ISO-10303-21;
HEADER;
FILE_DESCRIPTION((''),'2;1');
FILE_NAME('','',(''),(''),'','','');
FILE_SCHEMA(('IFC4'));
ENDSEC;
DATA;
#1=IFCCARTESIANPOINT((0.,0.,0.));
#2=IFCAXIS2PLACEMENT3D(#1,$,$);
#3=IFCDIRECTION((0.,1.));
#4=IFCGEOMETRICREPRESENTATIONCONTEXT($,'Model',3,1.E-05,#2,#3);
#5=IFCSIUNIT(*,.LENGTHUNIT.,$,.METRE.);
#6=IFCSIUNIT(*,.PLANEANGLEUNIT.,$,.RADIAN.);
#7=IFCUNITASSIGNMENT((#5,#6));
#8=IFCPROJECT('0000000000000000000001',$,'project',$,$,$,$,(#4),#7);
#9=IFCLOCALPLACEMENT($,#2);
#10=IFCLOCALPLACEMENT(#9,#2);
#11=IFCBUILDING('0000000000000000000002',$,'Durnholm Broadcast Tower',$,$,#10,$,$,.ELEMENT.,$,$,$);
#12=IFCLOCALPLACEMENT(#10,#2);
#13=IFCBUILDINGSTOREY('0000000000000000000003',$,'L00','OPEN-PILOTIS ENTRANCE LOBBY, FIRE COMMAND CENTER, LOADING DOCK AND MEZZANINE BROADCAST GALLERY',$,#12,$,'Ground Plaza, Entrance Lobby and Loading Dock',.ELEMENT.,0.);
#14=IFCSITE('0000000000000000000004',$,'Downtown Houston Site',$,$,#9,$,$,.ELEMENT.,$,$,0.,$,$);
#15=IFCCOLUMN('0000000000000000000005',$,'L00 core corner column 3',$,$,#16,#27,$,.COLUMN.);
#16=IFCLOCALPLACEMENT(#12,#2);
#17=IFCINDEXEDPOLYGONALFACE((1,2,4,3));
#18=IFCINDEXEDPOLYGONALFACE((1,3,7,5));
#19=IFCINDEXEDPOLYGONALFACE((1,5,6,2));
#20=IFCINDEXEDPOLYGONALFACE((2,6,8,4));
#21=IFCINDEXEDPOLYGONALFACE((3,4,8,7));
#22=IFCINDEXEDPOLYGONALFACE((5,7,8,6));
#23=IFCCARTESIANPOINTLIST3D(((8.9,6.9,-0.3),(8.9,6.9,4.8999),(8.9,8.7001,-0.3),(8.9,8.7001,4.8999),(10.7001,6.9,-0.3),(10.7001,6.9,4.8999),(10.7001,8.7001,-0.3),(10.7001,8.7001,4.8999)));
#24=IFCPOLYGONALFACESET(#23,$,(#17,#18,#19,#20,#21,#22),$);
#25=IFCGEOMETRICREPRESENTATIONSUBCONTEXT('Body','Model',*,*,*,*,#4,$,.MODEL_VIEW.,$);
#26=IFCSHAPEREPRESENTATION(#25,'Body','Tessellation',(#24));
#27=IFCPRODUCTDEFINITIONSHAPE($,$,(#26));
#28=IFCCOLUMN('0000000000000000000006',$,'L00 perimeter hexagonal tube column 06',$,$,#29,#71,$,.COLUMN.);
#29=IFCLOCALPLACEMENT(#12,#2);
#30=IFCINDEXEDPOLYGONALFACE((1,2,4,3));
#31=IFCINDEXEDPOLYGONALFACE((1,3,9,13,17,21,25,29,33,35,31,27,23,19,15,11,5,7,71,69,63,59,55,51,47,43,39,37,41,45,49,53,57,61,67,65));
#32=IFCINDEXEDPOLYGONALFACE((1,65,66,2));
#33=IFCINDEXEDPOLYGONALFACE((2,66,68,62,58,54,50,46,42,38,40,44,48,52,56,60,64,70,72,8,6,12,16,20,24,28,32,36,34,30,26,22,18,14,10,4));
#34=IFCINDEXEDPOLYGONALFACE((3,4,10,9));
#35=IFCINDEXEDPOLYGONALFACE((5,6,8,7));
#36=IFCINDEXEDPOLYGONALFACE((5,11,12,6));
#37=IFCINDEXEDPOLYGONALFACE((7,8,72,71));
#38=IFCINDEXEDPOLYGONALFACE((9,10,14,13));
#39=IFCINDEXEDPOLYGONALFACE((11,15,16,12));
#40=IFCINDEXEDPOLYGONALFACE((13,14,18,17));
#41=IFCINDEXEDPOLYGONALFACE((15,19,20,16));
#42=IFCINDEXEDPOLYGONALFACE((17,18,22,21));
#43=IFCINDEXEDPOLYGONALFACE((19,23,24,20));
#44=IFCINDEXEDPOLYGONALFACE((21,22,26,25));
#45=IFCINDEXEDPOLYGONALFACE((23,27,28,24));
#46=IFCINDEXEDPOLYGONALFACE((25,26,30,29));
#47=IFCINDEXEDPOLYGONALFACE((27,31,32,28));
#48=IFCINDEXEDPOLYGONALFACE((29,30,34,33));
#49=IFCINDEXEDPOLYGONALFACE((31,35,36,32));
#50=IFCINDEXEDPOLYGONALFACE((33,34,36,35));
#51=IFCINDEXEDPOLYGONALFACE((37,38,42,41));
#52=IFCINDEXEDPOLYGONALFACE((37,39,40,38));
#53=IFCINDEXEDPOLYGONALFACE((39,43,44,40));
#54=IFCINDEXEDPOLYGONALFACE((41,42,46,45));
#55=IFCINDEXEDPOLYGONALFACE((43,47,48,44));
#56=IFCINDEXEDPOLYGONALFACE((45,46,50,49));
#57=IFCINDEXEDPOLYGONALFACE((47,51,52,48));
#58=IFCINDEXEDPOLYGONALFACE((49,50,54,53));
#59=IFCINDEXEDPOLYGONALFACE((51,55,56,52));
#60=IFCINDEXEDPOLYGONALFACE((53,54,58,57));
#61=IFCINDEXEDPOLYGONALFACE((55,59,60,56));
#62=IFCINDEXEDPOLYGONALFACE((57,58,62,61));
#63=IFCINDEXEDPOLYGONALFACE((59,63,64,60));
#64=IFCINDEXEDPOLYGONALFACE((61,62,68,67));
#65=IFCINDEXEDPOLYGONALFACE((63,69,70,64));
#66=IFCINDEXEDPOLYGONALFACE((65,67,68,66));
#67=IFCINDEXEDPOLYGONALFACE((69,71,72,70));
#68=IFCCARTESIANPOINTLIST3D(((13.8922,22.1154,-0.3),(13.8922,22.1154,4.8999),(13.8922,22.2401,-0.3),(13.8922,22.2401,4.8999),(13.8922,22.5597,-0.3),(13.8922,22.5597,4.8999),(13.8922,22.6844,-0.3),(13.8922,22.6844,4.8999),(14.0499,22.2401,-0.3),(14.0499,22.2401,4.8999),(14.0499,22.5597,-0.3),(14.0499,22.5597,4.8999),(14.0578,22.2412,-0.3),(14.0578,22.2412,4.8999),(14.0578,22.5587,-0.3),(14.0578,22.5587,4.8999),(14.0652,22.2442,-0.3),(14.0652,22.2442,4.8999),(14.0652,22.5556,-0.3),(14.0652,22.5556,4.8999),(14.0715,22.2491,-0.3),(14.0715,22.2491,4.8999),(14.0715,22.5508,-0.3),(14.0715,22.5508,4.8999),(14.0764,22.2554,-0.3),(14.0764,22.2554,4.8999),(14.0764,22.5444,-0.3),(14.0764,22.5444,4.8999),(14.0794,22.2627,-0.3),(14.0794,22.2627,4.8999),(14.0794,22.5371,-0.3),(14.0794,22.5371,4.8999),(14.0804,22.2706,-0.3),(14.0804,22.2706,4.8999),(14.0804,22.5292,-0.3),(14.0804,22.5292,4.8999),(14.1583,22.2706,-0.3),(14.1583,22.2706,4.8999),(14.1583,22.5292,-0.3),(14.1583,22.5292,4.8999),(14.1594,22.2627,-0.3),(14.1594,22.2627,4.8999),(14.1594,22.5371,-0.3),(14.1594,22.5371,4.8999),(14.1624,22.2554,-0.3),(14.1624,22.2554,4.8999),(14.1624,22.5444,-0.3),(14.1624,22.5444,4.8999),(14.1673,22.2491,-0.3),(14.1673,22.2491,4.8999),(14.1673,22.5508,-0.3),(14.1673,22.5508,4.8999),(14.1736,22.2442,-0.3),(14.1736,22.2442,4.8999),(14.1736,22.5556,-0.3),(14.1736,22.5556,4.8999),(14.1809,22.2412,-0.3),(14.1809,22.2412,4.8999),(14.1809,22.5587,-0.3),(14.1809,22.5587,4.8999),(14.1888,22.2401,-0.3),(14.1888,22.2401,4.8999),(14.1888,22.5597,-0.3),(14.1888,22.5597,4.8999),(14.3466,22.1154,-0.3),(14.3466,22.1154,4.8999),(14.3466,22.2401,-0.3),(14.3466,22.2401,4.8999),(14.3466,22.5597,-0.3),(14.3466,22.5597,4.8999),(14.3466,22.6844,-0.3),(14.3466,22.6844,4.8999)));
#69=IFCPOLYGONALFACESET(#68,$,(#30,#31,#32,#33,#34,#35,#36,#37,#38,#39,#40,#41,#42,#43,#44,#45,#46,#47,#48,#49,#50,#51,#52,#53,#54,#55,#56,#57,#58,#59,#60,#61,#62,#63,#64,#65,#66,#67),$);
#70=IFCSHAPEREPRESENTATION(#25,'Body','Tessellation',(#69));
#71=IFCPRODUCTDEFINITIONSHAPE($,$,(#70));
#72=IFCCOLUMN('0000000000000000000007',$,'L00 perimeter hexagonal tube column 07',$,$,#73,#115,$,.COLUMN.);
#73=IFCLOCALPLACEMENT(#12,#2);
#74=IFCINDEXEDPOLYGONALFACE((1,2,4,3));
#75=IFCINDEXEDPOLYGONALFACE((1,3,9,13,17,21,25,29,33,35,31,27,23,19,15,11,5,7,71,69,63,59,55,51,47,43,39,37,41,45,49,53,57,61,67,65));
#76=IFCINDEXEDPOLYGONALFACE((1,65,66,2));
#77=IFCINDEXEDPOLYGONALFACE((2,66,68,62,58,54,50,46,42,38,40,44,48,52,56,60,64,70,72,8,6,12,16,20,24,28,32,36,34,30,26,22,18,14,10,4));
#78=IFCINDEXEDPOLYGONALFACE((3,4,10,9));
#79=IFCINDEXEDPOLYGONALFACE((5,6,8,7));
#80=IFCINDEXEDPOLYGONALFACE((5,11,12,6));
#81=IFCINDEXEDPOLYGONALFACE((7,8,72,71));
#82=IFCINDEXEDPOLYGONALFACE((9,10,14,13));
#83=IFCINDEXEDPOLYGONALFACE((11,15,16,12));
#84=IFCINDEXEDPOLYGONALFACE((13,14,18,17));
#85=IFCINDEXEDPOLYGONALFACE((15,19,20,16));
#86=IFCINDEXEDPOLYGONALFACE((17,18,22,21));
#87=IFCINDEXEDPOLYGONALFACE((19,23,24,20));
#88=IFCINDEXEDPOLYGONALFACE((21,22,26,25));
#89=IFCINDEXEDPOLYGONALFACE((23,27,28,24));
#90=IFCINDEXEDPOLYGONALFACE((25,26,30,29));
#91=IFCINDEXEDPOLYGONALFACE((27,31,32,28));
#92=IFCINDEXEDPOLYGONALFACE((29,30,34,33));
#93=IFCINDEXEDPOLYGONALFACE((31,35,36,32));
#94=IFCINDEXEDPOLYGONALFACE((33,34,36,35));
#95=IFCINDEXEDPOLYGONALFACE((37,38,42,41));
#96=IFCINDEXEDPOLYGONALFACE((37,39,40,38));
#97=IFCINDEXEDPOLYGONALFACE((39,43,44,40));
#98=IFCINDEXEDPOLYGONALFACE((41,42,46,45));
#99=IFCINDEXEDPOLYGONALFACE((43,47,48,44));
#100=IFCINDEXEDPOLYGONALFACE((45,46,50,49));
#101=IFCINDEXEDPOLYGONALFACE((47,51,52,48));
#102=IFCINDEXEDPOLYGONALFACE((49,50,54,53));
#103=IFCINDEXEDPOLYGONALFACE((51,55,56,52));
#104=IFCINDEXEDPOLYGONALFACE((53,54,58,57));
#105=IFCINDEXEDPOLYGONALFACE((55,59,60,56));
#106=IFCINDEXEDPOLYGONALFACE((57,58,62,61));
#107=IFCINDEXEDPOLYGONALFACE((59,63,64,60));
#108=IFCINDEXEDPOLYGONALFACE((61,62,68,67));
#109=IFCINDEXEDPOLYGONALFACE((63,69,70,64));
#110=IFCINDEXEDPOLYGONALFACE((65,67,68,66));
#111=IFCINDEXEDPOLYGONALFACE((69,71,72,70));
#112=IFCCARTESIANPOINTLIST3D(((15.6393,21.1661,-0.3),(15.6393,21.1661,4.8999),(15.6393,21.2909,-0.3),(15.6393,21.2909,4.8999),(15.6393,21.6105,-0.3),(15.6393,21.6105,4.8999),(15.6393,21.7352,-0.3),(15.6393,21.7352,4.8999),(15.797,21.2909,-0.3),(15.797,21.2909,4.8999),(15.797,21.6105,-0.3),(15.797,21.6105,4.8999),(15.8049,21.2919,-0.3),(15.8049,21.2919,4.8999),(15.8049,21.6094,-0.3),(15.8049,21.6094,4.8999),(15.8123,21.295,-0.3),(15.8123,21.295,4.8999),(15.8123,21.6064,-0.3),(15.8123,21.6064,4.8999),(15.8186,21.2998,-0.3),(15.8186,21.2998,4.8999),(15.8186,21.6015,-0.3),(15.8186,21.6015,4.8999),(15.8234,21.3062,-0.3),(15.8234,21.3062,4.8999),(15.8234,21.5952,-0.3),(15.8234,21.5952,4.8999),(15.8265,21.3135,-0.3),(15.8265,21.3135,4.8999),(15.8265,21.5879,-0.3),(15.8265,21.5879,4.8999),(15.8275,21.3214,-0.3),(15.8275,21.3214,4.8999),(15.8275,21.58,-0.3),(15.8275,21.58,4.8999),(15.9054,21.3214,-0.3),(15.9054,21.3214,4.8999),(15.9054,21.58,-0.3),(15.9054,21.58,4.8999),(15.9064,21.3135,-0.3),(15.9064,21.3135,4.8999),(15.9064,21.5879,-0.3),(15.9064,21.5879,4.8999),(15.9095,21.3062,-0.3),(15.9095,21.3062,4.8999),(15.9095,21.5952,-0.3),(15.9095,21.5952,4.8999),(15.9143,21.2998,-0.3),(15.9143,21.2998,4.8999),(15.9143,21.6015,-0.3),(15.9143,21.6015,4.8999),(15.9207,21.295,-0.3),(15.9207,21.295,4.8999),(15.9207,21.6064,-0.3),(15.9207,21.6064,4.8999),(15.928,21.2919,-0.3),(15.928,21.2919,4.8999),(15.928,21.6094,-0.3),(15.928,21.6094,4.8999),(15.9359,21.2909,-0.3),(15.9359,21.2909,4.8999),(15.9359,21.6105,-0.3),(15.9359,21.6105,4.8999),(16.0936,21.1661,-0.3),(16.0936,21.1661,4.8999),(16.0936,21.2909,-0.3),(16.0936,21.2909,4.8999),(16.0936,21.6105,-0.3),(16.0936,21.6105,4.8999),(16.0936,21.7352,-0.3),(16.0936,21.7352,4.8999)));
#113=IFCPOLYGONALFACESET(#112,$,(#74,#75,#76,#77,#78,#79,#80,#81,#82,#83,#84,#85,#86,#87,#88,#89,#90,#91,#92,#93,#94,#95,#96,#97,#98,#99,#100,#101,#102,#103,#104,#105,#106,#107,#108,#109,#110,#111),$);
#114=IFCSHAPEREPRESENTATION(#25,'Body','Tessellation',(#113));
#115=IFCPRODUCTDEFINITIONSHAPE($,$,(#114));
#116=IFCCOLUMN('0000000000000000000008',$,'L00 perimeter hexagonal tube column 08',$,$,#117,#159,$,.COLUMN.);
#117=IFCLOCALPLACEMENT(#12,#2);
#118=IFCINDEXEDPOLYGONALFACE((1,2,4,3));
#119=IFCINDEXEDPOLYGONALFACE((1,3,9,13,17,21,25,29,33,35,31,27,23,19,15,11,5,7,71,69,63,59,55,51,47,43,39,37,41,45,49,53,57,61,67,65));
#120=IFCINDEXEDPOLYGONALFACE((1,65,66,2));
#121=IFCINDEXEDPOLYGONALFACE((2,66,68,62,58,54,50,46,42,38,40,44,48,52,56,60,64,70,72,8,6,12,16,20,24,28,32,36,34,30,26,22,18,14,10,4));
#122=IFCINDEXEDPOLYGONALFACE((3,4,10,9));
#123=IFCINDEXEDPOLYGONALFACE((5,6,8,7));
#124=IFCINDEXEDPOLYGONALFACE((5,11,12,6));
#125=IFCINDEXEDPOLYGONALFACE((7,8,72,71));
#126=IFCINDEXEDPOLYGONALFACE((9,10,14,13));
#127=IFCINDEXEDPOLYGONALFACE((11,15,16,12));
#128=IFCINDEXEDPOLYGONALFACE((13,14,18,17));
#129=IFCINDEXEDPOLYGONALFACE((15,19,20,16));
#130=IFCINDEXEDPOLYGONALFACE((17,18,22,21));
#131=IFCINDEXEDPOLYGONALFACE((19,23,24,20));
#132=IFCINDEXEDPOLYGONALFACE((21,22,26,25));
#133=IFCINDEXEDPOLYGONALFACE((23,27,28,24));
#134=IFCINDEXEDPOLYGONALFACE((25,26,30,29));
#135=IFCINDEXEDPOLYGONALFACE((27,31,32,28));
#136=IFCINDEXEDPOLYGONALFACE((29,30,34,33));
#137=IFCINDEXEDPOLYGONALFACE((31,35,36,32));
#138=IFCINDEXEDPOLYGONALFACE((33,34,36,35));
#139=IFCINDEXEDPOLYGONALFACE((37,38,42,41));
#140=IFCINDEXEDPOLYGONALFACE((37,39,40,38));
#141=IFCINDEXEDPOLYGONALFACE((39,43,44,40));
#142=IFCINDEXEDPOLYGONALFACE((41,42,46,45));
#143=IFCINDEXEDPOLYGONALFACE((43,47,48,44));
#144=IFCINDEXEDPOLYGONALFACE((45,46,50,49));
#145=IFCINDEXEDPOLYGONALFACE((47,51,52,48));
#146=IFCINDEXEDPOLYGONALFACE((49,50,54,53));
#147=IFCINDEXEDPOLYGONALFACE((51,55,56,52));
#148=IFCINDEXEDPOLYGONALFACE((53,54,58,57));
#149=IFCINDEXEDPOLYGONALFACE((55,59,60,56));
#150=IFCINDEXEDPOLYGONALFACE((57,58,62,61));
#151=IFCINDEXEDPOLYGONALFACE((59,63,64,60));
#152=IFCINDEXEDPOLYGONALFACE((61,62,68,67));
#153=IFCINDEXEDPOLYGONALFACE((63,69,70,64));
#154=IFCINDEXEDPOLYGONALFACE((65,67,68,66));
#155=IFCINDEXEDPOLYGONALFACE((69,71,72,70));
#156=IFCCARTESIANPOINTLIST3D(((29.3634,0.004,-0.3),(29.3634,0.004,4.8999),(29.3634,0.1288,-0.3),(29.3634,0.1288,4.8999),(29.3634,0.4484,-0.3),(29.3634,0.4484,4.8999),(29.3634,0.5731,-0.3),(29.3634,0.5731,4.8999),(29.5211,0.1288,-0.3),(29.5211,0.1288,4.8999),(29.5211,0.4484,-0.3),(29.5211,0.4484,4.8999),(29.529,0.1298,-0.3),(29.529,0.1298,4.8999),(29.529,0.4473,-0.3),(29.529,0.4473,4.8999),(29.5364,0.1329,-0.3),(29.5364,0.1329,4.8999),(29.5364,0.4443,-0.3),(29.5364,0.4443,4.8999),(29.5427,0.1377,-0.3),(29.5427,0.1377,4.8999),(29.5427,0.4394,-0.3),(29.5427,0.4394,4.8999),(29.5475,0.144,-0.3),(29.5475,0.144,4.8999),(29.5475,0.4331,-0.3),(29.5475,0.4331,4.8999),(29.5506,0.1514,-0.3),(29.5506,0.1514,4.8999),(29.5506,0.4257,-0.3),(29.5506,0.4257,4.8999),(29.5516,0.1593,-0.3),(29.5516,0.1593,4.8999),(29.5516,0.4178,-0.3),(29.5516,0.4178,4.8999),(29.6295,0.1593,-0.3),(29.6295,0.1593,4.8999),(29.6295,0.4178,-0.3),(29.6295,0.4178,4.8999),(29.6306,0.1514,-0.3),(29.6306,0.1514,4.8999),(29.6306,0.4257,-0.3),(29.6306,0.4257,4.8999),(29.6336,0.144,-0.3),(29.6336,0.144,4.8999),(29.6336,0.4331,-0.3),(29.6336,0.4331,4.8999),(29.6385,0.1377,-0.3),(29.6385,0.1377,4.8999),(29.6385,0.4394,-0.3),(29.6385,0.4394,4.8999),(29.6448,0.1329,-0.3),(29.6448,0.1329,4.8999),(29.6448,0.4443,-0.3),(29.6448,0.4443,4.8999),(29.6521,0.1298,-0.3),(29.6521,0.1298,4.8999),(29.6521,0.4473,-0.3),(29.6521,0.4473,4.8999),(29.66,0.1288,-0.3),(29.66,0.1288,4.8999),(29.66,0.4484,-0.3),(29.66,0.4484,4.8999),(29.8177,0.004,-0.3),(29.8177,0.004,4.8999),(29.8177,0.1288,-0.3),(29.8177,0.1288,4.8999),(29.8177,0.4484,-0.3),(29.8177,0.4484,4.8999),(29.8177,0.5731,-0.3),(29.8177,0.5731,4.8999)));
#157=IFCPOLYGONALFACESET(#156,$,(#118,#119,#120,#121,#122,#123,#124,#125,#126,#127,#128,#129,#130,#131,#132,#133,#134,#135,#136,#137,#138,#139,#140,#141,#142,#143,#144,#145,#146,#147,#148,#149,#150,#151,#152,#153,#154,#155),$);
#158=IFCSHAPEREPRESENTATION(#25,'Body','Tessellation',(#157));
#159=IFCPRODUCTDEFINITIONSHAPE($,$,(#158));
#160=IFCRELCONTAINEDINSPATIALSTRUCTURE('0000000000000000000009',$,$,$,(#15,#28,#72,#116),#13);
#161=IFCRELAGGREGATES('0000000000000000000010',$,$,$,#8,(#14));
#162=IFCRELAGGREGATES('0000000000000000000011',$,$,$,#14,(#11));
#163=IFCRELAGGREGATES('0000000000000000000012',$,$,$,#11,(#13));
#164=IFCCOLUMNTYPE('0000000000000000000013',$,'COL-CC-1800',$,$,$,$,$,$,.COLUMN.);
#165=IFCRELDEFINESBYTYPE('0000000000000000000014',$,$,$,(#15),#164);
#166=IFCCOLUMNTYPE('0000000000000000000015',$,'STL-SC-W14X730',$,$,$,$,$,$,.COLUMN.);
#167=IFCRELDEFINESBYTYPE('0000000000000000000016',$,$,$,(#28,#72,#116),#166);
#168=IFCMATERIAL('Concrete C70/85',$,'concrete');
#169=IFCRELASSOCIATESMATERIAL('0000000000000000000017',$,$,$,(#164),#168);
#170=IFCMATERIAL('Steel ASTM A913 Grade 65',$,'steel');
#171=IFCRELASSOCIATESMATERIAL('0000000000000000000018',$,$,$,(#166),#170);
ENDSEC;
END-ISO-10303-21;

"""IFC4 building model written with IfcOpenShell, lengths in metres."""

from ifc_helpers import new_model, si_unit, direction, frame, origin, origin_2d, place, context, subcontext, project, spatial, rectangle, i_section, extrude, source, transform, mapped, material, material_profile, profile_set, type_object, type_shapes, element, save


model = new_model("IFC4")

# Units and contexts
model_context = context("Model", 3, precision=1e-05, world=origin(), true_north=direction((0.0, 1.0)))
body_context = subcontext(model_context, "Body", "Model", "MODEL_VIEW")
ifc_project = project(units=[si_unit("LENGTHUNIT", "METRE"), si_unit("PLANEANGLEUNIT", "RADIAN")], contexts=[model_context])

# Site, building, storey
site_placement = place(None, origin())
site = spatial("IfcSite", under=ifc_project, at=site_placement, Name="Downtown Houston Site", CompositionType="ELEMENT", RefElevation=0.0)
building_placement = place(site_placement, origin())
building = spatial("IfcBuilding", under=site, at=building_placement, Name="Durnholm Broadcast Tower", CompositionType="ELEMENT")
storey_placement = place(building_placement, origin())
storey = spatial("IfcBuildingStorey", under=building, at=storey_placement, Name="L00", Description="OPEN-PILOTIS ENTRANCE LOBBY, FIRE COMMAND CENTER, LOADING DOCK AND MEZZANINE BROADCAST GALLERY", LongName="Ground Plaza, Entrance Lobby and Loading Dock", CompositionType="ELEMENT", Elevation=0.0)

# Columns
ifc_material_1 = material(Name="Concrete C70/85", Category="concrete")
ifc_material_profile_1 = material_profile(ifc_material_1, rectangle(XDim=1.8, YDim=1.8, at=origin_2d()), Name="RC1800X1800")
ifc_profile_set_1 = profile_set([ifc_material_profile_1], Name="Concrete C70/85")
column_type_1 = type_object("IfcColumnType", Name="COL-CC-1800", PredefinedType="COLUMN", material=ifc_profile_set_1)
shared_shape_1 = source(origin(), body_context, "Body", "SweptSolid", [
    extrude(rectangle(XDim=1.8, YDim=1.8, at=origin_2d()), origin(), (0.0, 0.0, 1.0), 5.2),
])
type_shapes(column_type_1, [shared_shape_1])
column_placement = place(storey_placement, frame((9.8, 7.8, -0.3), z_axis=(0.0, 0.0, 1.0), x_axis=(1.0, 0.0, 0.0)))
element("IfcColumn", 1, at=column_placement, inside=storey, type_object=column_type_1, Name="L00 core corner column 3", PredefinedType="COLUMN", context=body_context, shape_type="MappedRepresentation", body=[
    mapped(shared_shape_1, transform((0.0, 0.0, 0.0), x_axis=(1.0, 0.0, 0.0), y_axis=(0.0, 1.0, 0.0), z_axis=(0.0, 0.0, 1.0), scale=1.0)),
])
ifc_material_2 = material(Name="Steel ASTM A913 Grade 65", Category="steel")
ifc_material_profile_2 = material_profile(ifc_material_2, i_section(OverallWidth=0.4543, OverallDepth=0.5691, WebThickness=0.0779, FlangeThickness=0.1248, FilletRadius=0.0305, at=origin_2d()), Name="W14X730")
ifc_profile_set_2 = profile_set([ifc_material_profile_2], Name="Steel ASTM A913 Grade 65")
column_type_2 = type_object("IfcColumnType", Name="STL-SC-W14X730", PredefinedType="COLUMN", material=ifc_profile_set_2)
shared_shape_2 = source(origin(), body_context, "Body", "SweptSolid", [
    extrude(i_section(OverallWidth=0.4543, OverallDepth=0.5691, WebThickness=0.0779, FlangeThickness=0.1248, FilletRadius=0.0305, at=origin_2d()), origin(), (0.0, 0.0, 1.0), 5.2),
])
type_shapes(column_type_2, [shared_shape_2])
for number, where, z_axis, x_axis, name in (
    (2, (14.1194, 22.3999, -0.3), (0.0, 0.0, 1.0), (1.0, 0.0, 0.0), "L00 perimeter hexagonal tube column 06"),
    (3, (15.8665, 21.4507, -0.3), (0.0, 0.0, 1.0), (1.0, 0.0, 0.0), "L00 perimeter hexagonal tube column 07"),
    (4, (29.5906, 0.2886, -0.3), (0.0, 0.0, 1.0), (1.0, 0.0, 0.0), "L00 perimeter hexagonal tube column 08"),
):
    element("IfcColumn", number, at=place(storey_placement, frame(where, z_axis=z_axis, x_axis=x_axis)), inside=storey, type_object=column_type_2, Name=name, PredefinedType="COLUMN", context=body_context, shape_type="MappedRepresentation", body=[
        mapped(shared_shape_2, transform((0.0, 0.0, 0.0), x_axis=(1.0, 0.0, 0.0), y_axis=(0.0, 1.0, 0.0), z_axis=(0.0, 0.0, 1.0), scale=1.0)),
    ])

save(model, "model.ifc")
